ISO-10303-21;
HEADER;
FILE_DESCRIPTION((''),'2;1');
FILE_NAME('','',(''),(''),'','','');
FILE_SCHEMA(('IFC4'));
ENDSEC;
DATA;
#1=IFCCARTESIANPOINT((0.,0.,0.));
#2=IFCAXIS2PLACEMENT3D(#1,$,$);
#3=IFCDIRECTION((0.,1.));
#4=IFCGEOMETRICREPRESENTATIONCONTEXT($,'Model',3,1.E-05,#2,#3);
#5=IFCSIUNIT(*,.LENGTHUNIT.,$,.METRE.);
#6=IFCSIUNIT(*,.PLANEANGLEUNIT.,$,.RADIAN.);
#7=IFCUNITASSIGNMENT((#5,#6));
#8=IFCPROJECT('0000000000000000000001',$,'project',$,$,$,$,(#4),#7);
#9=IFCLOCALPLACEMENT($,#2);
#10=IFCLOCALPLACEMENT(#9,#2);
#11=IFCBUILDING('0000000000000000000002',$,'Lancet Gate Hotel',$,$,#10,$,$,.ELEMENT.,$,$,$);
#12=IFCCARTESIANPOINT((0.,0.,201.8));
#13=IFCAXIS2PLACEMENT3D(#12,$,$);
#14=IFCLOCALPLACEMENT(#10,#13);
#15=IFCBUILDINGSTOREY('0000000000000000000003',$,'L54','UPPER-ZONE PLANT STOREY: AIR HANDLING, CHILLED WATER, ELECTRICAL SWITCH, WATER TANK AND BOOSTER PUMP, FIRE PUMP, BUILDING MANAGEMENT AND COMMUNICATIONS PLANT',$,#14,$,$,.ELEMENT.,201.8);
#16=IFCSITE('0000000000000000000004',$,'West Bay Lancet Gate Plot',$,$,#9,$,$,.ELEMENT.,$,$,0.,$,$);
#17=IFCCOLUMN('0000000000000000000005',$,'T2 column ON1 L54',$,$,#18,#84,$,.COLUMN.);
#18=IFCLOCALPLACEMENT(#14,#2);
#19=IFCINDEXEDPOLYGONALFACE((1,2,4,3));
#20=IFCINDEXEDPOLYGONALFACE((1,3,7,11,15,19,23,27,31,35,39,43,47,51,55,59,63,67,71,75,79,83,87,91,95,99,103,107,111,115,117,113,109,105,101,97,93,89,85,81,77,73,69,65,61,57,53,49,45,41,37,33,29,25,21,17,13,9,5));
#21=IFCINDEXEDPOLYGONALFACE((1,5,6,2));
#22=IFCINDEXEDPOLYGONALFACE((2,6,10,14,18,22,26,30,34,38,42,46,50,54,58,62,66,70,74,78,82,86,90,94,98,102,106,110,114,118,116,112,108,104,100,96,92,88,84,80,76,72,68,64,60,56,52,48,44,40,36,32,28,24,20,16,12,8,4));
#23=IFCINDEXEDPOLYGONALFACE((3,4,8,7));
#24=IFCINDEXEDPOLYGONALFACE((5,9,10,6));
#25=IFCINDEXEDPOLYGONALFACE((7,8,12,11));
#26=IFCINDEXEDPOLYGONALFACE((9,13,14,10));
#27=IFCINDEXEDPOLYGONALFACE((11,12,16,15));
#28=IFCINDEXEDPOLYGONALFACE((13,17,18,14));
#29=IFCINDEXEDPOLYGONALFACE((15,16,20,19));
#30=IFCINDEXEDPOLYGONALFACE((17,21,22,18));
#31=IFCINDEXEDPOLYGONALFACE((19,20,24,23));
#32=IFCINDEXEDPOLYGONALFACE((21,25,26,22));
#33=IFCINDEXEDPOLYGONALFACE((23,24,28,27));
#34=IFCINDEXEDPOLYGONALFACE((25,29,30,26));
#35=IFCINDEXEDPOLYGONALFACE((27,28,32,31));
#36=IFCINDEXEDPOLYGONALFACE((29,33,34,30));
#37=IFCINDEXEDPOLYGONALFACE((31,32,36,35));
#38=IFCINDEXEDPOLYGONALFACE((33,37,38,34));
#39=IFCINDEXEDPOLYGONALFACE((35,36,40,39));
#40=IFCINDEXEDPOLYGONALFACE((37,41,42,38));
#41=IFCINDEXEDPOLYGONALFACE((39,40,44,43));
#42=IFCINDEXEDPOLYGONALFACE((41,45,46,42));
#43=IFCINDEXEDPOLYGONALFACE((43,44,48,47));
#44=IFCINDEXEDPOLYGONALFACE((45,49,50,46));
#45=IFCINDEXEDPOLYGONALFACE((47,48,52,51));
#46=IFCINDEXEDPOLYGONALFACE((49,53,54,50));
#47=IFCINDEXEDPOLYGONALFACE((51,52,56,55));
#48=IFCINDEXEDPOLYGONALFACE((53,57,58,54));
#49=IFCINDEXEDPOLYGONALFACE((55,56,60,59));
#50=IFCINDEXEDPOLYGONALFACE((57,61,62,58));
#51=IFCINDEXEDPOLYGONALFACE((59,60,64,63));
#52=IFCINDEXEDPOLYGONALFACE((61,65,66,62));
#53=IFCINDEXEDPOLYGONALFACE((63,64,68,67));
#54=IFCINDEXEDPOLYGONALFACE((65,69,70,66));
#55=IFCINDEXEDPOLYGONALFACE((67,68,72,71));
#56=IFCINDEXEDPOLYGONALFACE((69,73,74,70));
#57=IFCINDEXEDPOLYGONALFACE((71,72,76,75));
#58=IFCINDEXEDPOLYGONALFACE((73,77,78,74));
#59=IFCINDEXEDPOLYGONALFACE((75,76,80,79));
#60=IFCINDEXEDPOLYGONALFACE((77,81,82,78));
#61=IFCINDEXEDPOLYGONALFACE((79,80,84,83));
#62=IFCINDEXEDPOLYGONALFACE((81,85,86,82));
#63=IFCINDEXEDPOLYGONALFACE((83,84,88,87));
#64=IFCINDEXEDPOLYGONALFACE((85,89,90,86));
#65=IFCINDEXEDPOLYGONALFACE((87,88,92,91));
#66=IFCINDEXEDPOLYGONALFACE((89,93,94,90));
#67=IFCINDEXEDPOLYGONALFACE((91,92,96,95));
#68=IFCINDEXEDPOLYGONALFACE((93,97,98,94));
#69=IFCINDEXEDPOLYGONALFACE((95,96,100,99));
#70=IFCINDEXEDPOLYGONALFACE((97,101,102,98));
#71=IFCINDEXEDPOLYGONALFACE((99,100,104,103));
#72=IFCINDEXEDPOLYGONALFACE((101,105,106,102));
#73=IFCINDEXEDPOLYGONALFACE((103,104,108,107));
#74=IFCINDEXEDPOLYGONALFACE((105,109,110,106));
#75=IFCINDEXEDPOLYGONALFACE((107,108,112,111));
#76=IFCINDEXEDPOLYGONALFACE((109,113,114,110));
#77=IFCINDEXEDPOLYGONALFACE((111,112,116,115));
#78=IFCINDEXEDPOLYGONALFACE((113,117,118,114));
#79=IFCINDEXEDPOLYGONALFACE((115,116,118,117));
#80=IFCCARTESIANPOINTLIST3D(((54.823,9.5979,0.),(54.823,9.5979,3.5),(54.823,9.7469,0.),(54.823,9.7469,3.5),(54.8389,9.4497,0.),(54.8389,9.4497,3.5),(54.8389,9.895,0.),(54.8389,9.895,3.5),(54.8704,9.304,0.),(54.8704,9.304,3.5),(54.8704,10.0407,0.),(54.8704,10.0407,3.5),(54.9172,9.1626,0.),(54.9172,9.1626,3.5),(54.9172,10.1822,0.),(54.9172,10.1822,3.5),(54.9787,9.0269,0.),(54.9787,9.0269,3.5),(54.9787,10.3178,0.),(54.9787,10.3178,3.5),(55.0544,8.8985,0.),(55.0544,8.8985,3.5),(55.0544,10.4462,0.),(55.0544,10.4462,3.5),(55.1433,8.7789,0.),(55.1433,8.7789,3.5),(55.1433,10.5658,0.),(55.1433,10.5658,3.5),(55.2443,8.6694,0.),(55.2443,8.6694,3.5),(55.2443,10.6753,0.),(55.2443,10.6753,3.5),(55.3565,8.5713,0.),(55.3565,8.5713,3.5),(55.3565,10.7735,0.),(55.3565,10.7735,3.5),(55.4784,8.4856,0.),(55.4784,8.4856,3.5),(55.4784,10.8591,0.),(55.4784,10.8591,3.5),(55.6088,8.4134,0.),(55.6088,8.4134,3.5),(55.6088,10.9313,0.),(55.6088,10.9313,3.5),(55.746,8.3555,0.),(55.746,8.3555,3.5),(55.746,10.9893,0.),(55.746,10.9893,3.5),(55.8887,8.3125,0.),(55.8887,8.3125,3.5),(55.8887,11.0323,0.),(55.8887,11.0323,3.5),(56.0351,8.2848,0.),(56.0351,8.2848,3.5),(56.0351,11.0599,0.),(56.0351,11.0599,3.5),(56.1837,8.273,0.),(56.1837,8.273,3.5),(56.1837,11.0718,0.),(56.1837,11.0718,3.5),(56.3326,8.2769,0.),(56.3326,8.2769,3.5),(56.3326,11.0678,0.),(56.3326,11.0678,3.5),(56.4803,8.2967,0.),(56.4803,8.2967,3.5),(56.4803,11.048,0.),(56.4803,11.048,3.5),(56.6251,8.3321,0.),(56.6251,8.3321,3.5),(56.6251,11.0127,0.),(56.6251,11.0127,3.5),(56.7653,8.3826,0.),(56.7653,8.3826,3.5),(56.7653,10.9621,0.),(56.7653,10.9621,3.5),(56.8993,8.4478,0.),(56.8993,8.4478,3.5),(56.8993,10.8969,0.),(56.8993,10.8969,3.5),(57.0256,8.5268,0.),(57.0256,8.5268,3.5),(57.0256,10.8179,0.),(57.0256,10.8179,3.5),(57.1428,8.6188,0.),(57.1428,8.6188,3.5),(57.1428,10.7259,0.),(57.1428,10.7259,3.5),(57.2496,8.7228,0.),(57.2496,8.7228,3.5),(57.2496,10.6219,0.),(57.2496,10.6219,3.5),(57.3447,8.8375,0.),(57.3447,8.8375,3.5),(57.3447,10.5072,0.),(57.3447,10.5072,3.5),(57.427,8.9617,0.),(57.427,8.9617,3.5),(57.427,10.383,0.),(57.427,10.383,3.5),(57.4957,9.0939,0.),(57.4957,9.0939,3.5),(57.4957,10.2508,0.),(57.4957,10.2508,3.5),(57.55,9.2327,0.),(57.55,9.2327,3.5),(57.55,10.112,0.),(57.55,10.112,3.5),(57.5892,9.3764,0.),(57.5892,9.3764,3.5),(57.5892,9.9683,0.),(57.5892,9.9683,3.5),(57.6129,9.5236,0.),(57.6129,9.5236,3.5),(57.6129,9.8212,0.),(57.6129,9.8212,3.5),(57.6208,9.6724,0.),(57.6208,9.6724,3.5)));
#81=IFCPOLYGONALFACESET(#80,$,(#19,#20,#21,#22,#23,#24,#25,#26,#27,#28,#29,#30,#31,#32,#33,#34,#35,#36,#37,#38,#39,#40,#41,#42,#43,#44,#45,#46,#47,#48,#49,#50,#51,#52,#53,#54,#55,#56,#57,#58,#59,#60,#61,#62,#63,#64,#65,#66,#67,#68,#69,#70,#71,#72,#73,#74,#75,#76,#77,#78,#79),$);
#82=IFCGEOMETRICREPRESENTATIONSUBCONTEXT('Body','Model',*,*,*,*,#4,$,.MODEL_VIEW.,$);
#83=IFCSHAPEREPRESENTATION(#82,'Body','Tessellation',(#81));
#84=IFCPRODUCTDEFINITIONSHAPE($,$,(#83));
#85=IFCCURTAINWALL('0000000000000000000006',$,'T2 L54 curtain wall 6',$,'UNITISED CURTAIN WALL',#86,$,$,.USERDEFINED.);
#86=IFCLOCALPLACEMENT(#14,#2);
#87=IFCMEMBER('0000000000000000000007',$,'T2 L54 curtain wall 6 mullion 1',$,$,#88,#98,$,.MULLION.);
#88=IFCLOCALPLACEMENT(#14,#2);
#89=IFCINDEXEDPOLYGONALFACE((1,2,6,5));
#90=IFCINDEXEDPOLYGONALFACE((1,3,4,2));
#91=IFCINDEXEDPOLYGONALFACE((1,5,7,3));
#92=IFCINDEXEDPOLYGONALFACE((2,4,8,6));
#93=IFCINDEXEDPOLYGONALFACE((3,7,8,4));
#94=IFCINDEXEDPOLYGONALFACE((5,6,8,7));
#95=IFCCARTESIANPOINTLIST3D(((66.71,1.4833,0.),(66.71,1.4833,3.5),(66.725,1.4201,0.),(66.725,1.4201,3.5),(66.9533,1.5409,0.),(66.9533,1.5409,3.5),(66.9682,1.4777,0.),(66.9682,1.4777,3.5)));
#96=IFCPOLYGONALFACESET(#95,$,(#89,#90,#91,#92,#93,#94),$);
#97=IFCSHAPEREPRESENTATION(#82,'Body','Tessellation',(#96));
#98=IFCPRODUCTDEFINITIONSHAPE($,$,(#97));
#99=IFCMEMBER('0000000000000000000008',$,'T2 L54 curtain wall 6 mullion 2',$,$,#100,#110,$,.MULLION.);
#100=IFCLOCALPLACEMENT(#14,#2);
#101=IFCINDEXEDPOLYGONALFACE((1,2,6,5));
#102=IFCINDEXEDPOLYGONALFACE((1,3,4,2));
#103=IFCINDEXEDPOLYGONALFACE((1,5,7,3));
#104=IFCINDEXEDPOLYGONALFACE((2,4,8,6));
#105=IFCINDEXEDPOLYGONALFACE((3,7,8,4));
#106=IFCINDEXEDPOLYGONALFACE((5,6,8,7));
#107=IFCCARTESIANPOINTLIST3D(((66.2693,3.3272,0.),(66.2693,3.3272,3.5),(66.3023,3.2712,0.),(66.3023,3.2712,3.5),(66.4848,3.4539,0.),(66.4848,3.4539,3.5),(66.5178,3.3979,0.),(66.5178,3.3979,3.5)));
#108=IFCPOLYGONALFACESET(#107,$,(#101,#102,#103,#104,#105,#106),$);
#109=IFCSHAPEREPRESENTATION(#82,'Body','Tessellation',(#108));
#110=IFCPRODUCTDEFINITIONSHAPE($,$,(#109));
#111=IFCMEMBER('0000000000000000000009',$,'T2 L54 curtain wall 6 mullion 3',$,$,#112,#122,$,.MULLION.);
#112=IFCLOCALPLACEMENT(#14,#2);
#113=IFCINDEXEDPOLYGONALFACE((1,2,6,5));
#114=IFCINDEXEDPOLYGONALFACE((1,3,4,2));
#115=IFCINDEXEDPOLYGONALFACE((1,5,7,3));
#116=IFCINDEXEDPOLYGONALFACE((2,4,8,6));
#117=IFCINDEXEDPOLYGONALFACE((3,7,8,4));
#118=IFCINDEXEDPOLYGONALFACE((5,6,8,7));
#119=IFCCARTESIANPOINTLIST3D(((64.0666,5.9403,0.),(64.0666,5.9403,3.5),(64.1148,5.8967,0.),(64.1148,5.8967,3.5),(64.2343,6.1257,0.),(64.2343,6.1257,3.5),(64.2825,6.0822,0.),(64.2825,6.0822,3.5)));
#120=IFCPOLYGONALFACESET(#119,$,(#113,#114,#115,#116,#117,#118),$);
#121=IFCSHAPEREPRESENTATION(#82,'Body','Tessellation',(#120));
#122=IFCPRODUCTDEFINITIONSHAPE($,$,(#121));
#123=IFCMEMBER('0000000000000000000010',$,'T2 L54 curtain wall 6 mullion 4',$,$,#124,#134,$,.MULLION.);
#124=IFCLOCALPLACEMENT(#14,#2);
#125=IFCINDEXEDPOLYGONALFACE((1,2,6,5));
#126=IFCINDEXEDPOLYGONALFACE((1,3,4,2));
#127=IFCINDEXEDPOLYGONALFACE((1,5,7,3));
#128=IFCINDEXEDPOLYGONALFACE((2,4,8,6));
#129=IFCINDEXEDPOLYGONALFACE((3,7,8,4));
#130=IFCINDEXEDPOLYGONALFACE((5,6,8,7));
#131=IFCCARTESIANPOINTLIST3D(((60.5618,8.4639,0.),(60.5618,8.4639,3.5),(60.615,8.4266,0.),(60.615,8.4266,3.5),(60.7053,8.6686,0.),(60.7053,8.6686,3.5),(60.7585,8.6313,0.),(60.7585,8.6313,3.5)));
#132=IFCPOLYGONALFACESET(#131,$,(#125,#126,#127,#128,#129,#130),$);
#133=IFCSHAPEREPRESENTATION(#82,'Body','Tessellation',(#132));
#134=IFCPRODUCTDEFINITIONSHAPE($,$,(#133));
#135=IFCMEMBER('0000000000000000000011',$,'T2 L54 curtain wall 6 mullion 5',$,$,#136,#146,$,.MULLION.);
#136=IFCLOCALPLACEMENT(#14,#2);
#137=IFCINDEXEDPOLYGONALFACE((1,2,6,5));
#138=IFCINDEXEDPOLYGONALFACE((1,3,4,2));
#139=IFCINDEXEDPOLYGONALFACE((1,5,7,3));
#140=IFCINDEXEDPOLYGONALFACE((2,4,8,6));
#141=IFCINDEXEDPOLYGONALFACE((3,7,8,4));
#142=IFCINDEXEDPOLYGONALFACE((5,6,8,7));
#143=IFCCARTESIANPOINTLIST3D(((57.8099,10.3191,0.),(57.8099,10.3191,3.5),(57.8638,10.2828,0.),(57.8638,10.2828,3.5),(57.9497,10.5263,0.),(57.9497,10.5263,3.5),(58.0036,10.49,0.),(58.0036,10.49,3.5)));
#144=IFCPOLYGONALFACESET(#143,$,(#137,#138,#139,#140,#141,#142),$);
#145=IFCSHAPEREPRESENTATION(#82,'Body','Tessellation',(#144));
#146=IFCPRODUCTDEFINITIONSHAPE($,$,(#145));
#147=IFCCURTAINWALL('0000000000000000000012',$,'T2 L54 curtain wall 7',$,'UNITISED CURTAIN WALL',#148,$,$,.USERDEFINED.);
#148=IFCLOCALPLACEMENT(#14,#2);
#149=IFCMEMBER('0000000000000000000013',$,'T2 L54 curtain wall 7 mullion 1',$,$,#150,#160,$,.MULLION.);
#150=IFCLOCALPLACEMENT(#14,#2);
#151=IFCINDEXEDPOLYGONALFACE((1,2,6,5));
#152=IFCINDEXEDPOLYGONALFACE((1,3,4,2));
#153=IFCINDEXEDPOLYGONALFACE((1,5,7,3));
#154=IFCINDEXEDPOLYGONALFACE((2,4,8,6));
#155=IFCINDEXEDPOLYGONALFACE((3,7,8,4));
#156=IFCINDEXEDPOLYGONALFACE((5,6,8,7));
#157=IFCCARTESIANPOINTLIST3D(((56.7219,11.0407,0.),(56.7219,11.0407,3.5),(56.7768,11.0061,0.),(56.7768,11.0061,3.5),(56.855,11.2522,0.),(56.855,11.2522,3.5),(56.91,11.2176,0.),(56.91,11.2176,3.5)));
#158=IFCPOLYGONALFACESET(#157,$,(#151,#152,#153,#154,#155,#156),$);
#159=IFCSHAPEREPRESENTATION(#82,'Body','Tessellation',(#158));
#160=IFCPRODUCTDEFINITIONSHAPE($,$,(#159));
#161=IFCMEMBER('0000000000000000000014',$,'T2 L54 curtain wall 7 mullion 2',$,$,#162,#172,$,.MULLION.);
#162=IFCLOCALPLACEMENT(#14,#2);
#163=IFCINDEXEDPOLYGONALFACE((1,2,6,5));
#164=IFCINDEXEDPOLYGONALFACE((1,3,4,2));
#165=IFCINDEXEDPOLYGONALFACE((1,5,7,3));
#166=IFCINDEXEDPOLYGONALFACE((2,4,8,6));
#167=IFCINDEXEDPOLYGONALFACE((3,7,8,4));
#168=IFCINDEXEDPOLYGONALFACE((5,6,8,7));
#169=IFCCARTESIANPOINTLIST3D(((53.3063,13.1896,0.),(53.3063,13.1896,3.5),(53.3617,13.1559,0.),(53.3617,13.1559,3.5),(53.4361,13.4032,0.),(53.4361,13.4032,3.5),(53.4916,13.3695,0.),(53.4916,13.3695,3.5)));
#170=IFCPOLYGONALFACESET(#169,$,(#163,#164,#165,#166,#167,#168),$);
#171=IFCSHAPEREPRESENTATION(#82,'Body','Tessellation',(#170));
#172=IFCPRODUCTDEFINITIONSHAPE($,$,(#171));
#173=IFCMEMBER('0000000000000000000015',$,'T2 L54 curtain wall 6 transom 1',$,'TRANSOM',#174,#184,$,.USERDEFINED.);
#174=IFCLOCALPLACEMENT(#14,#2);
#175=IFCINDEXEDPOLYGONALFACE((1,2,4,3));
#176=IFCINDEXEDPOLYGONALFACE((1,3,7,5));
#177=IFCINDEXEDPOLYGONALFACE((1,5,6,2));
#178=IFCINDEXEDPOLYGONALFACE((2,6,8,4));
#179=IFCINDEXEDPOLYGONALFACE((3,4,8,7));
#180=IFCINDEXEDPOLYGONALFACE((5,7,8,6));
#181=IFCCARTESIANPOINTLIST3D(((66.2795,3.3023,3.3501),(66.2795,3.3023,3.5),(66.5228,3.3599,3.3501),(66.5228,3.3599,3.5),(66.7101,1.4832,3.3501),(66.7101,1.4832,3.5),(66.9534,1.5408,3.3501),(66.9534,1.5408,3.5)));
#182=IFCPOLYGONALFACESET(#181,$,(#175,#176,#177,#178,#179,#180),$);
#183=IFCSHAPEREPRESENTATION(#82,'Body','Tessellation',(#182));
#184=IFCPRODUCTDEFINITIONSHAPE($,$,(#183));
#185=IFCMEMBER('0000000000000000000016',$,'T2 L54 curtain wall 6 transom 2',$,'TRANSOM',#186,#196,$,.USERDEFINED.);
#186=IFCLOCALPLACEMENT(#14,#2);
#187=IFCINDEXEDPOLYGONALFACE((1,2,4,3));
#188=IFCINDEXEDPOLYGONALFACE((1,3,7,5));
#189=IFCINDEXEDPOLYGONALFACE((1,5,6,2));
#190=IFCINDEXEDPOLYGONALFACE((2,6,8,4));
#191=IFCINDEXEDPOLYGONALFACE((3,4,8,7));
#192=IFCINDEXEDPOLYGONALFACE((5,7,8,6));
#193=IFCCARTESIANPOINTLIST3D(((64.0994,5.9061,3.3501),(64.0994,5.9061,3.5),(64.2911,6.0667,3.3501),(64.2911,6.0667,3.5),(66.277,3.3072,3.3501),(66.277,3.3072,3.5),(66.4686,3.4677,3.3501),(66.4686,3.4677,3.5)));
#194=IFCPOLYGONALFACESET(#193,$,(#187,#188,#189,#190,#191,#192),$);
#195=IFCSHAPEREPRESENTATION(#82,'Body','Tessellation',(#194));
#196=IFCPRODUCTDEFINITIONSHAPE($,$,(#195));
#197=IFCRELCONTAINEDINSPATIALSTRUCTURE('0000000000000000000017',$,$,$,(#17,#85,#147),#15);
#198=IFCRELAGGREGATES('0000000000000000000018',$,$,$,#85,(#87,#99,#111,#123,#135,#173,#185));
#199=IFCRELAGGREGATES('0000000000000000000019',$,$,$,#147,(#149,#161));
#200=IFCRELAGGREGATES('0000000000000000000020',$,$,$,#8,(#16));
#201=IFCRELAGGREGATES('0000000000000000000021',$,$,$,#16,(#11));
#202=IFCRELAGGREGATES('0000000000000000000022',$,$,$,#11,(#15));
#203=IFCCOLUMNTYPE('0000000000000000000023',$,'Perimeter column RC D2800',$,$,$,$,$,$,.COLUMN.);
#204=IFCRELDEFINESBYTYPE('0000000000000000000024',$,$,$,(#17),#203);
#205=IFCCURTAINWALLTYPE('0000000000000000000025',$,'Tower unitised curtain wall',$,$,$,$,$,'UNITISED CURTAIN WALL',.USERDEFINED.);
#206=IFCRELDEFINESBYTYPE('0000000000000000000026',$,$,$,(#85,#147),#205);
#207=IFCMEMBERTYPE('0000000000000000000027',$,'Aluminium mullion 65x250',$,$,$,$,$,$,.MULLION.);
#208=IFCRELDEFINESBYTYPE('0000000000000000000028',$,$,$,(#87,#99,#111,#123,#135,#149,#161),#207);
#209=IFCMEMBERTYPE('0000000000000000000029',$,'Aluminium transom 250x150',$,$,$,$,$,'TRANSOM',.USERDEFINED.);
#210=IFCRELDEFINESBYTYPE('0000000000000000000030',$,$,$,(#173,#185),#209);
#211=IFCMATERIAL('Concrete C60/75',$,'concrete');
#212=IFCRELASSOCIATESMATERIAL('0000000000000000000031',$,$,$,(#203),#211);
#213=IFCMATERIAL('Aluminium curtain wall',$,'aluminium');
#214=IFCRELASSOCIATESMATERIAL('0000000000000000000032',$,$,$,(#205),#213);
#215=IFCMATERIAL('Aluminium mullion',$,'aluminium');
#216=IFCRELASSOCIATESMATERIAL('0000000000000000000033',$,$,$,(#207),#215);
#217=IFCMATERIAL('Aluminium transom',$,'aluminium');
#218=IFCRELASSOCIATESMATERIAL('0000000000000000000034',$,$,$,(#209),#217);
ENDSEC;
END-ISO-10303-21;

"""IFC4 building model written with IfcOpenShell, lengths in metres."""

from ifc_helpers import new_model, si_unit, direction, frame, origin, origin_2d, place, context, subcontext, project, spatial, rectangle, circle, extrude, material, material_profile, profile_set, type_object, element, aggregate, save


model = new_model("IFC4")

# Units and contexts
model_context = context("Model", 3, precision=1e-05, world=origin(), true_north=direction((0.0, 1.0)))
body_context = subcontext(model_context, "Body", "Model", "MODEL_VIEW")
ifc_project = project(units=[si_unit("LENGTHUNIT", "METRE"), si_unit("PLANEANGLEUNIT", "RADIAN")], contexts=[model_context])

# Site, building, storey
site_placement = place(None, origin())
site = spatial("IfcSite", under=ifc_project, at=site_placement, Name="West Bay Lancet Gate Plot", CompositionType="ELEMENT", RefElevation=0.0)
building_placement = place(site_placement, origin())
building = spatial("IfcBuilding", under=site, at=building_placement, Name="Lancet Gate Hotel", CompositionType="ELEMENT")
storey_placement = place(building_placement, frame((0.0, 0.0, 201.8)))
storey = spatial("IfcBuildingStorey", under=building, at=storey_placement, Name="L54", Description="UPPER-ZONE PLANT STOREY: AIR HANDLING, CHILLED WATER, ELECTRICAL SWITCH, WATER TANK AND BOOSTER PUMP, FIRE PUMP, BUILDING MANAGEMENT AND COMMUNICATIONS PLANT", CompositionType="ELEMENT", Elevation=201.8)

# Column
ifc_material_1 = material(Name="Concrete C60/75", Category="concrete")
ifc_material_profile_1 = material_profile(ifc_material_1, circle(Radius=1.3999, at=origin_2d()), Name="RC D2800")
ifc_profile_set_1 = profile_set([ifc_material_profile_1], Name="Concrete C60/75")
column_type = type_object("IfcColumnType", Name="Perimeter column RC D2800", PredefinedType="COLUMN", material=ifc_profile_set_1)
column_placement = place(storey_placement, frame((56.2209, 9.6724, 0.0), z_axis=(0.0, 0.0, 1.0), x_axis=(1.0, 0.0, 0.0)))
element("IfcColumn", 1, at=column_placement, inside=storey, type_object=column_type, Name="T2 column ON1 L54", PredefinedType="COLUMN", context=body_context, shape_type="SweptSolid", body=[
    extrude(circle(Radius=1.3999, at=origin_2d()), origin(), (0.0, 0.0, 1.0), 3.5),
])

# Curtain walls, members
ifc_material_2 = material(Name="Aluminium curtain wall", Category="aluminium")
curtain_wall_type = type_object("IfcCurtainWallType", Name="Tower unitised curtain wall", ElementType="UNITISED CURTAIN WALL", PredefinedType="USERDEFINED", material=ifc_material_2)
curtain_wall_1_placement = place(storey_placement, origin())
curtain_wall_1 = element("IfcCurtainWall", 2, at=curtain_wall_1_placement, inside=storey, type_object=curtain_wall_type, Name="T2 L54 curtain wall 6", ObjectType="UNITISED CURTAIN WALL", PredefinedType="USERDEFINED")
ifc_material_3 = material(Name="Aluminium mullion", Category="aluminium")
ifc_material_profile_2 = material_profile(ifc_material_3, rectangle(XDim=0.0649, YDim=0.25, at=origin_2d()), Name="MULLION 65x250")
ifc_profile_set_2 = profile_set([ifc_material_profile_2], Name="Aluminium mullion")
member_type_1 = type_object("IfcMemberType", Name="Aluminium mullion 65x250", PredefinedType="MULLION", material=ifc_profile_set_2)
member_1_placement = place(storey_placement, frame((66.8391, 1.4805, 0.0), z_axis=(0.0, 0.0, 1.0), x_axis=(-0.230367, 0.973104, 0.0)))
member_1 = element("IfcMember", 3, at=member_1_placement, type_object=member_type_1, Name="T2 L54 curtain wall 6 mullion 1", PredefinedType="MULLION", context=body_context, shape_type="SweptSolid", body=[
    extrude(rectangle(XDim=0.0649, YDim=0.25, at=origin_2d()), origin(), (0.0, 0.0, 1.0), 3.5),
])
member_2_placement = place(storey_placement, frame((66.3936, 3.3625, 0.0), z_axis=(0.0, 0.0, 1.0), x_axis=(-0.506941, 0.861981, 0.0)))
member_2 = element("IfcMember", 4, at=member_2_placement, type_object=member_type_1, Name="T2 L54 curtain wall 6 mullion 2", PredefinedType="MULLION", context=body_context, shape_type="SweptSolid", body=[
    extrude(rectangle(XDim=0.0649, YDim=0.25, at=origin_2d()), origin(), (0.0, 0.0, 1.0), 3.5),
])
member_3_placement = place(storey_placement, frame((64.1746, 6.0112, 0.0), z_axis=(0.0, 0.0, 1.0), x_axis=(-0.741693, 0.670739, 0.0)))
member_3 = element("IfcMember", 5, at=member_3_placement, type_object=member_type_1, Name="T2 L54 curtain wall 6 mullion 3", PredefinedType="MULLION", context=body_context, shape_type="SweptSolid", body=[
    extrude(rectangle(XDim=0.0649, YDim=0.25, at=origin_2d()), origin(), (0.0, 0.0, 1.0), 3.5),
])
member_4_placement = place(storey_placement, frame((60.6602, 8.5476, 0.0), z_axis=(0.0, 0.0, 1.0), x_axis=(-0.818866, 0.573985, 0.0)))
member_4 = element("IfcMember", 6, at=member_4_placement, type_object=member_type_1, Name="T2 L54 curtain wall 6 mullion 4", PredefinedType="MULLION", context=body_context, shape_type="SweptSolid", body=[
    extrude(rectangle(XDim=0.0649, YDim=0.25, at=origin_2d()), origin(), (0.0, 0.0, 1.0), 3.5),
])
member_5_placement = place(storey_placement, frame((57.9067, 10.4045, 0.0), z_axis=(0.0, 0.0, 1.0), x_axis=(-0.829039, 0.559191, 0.0)))
member_5 = element("IfcMember", 7, at=member_5_placement, type_object=member_type_1, Name="T2 L54 curtain wall 6 mullion 5", PredefinedType="MULLION", context=body_context, shape_type="SweptSolid", body=[
    extrude(rectangle(XDim=0.0649, YDim=0.25, at=origin_2d()), origin(), (0.0, 0.0, 1.0), 3.5),
])
curtain_wall_2_placement = place(storey_placement, origin())
curtain_wall_2 = element("IfcCurtainWall", 8, at=curtain_wall_2_placement, inside=storey, type_object=curtain_wall_type, Name="T2 L54 curtain wall 7", ObjectType="UNITISED CURTAIN WALL", PredefinedType="USERDEFINED")
member_6_placement = place(storey_placement, frame((56.8159, 11.1292, 0.0), z_axis=(0.0, 0.0, 1.0), x_axis=(-0.846352, 0.532623, 0.0)))
member_6 = element("IfcMember", 9, at=member_6_placement, type_object=member_type_1, Name="T2 L54 curtain wall 7 mullion 1", PredefinedType="MULLION", context=body_context, shape_type="SweptSolid", body=[
    extrude(rectangle(XDim=0.0649, YDim=0.25, at=origin_2d()), origin(), (0.0, 0.0, 1.0), 3.5),
])
member_7_placement = place(storey_placement, frame((53.3989, 13.2795, 0.0), z_axis=(0.0, 0.0, 1.0), x_axis=(-0.854525, 0.51941, 0.0)))
member_7 = element("IfcMember", 10, at=member_7_placement, type_object=member_type_1, Name="T2 L54 curtain wall 7 mullion 2", PredefinedType="MULLION", context=body_context, shape_type="SweptSolid", body=[
    extrude(rectangle(XDim=0.0649, YDim=0.25, at=origin_2d()), origin(), (0.0, 0.0, 1.0), 3.5),
])

# Members
ifc_material_4 = material(Name="Aluminium transom", Category="aluminium")
ifc_material_profile_3 = material_profile(ifc_material_4, rectangle(XDim=0.25, YDim=0.1499, at=origin_2d()), Name="TRANSOM 250x150")
ifc_profile_set_3 = profile_set([ifc_material_profile_3], Name="Aluminium transom")
member_type_2 = type_object("IfcMemberType", Name="Aluminium transom 250x150", ElementType="TRANSOM", PredefinedType="USERDEFINED", material=ifc_profile_set_3)
member_8_placement = place(storey_placement, frame((66.8318, 1.512, 3.425), z_axis=(-0.230379, 0.973101, 0.0), x_axis=(-0.973101, -0.230379, 0.0)))
member_8 = element("IfcMember", 11, at=member_8_placement, type_object=member_type_2, Name="T2 L54 curtain wall 6 transom 1", ObjectType="TRANSOM", PredefinedType="USERDEFINED", context=body_context, shape_type="SweptSolid", body=[
    extrude(rectangle(XDim=0.25, YDim=0.1499, at=origin_2d()), origin(), (0.0, 0.0, 1.0), 1.8694),
])
member_9_placement = place(storey_placement, frame((66.3728, 3.3875, 3.425), z_axis=(-0.642229, 0.766513, 0.0), x_axis=(-0.766513, -0.642229, 0.0)))
member_9 = element("IfcMember", 12, at=member_9_placement, type_object=member_type_2, Name="T2 L54 curtain wall 6 transom 2", ObjectType="TRANSOM", PredefinedType="USERDEFINED", context=body_context, shape_type="SweptSolid", body=[
    extrude(rectangle(XDim=0.25, YDim=0.1499, at=origin_2d()), origin(), (0.0, 0.0, 1.0), 3.3906),
])

aggregate(curtain_wall_1, [member_1, member_2, member_3, member_4, member_5, member_8, member_9])
aggregate(curtain_wall_2, [member_6, member_7])

save(model, "model.ifc")
